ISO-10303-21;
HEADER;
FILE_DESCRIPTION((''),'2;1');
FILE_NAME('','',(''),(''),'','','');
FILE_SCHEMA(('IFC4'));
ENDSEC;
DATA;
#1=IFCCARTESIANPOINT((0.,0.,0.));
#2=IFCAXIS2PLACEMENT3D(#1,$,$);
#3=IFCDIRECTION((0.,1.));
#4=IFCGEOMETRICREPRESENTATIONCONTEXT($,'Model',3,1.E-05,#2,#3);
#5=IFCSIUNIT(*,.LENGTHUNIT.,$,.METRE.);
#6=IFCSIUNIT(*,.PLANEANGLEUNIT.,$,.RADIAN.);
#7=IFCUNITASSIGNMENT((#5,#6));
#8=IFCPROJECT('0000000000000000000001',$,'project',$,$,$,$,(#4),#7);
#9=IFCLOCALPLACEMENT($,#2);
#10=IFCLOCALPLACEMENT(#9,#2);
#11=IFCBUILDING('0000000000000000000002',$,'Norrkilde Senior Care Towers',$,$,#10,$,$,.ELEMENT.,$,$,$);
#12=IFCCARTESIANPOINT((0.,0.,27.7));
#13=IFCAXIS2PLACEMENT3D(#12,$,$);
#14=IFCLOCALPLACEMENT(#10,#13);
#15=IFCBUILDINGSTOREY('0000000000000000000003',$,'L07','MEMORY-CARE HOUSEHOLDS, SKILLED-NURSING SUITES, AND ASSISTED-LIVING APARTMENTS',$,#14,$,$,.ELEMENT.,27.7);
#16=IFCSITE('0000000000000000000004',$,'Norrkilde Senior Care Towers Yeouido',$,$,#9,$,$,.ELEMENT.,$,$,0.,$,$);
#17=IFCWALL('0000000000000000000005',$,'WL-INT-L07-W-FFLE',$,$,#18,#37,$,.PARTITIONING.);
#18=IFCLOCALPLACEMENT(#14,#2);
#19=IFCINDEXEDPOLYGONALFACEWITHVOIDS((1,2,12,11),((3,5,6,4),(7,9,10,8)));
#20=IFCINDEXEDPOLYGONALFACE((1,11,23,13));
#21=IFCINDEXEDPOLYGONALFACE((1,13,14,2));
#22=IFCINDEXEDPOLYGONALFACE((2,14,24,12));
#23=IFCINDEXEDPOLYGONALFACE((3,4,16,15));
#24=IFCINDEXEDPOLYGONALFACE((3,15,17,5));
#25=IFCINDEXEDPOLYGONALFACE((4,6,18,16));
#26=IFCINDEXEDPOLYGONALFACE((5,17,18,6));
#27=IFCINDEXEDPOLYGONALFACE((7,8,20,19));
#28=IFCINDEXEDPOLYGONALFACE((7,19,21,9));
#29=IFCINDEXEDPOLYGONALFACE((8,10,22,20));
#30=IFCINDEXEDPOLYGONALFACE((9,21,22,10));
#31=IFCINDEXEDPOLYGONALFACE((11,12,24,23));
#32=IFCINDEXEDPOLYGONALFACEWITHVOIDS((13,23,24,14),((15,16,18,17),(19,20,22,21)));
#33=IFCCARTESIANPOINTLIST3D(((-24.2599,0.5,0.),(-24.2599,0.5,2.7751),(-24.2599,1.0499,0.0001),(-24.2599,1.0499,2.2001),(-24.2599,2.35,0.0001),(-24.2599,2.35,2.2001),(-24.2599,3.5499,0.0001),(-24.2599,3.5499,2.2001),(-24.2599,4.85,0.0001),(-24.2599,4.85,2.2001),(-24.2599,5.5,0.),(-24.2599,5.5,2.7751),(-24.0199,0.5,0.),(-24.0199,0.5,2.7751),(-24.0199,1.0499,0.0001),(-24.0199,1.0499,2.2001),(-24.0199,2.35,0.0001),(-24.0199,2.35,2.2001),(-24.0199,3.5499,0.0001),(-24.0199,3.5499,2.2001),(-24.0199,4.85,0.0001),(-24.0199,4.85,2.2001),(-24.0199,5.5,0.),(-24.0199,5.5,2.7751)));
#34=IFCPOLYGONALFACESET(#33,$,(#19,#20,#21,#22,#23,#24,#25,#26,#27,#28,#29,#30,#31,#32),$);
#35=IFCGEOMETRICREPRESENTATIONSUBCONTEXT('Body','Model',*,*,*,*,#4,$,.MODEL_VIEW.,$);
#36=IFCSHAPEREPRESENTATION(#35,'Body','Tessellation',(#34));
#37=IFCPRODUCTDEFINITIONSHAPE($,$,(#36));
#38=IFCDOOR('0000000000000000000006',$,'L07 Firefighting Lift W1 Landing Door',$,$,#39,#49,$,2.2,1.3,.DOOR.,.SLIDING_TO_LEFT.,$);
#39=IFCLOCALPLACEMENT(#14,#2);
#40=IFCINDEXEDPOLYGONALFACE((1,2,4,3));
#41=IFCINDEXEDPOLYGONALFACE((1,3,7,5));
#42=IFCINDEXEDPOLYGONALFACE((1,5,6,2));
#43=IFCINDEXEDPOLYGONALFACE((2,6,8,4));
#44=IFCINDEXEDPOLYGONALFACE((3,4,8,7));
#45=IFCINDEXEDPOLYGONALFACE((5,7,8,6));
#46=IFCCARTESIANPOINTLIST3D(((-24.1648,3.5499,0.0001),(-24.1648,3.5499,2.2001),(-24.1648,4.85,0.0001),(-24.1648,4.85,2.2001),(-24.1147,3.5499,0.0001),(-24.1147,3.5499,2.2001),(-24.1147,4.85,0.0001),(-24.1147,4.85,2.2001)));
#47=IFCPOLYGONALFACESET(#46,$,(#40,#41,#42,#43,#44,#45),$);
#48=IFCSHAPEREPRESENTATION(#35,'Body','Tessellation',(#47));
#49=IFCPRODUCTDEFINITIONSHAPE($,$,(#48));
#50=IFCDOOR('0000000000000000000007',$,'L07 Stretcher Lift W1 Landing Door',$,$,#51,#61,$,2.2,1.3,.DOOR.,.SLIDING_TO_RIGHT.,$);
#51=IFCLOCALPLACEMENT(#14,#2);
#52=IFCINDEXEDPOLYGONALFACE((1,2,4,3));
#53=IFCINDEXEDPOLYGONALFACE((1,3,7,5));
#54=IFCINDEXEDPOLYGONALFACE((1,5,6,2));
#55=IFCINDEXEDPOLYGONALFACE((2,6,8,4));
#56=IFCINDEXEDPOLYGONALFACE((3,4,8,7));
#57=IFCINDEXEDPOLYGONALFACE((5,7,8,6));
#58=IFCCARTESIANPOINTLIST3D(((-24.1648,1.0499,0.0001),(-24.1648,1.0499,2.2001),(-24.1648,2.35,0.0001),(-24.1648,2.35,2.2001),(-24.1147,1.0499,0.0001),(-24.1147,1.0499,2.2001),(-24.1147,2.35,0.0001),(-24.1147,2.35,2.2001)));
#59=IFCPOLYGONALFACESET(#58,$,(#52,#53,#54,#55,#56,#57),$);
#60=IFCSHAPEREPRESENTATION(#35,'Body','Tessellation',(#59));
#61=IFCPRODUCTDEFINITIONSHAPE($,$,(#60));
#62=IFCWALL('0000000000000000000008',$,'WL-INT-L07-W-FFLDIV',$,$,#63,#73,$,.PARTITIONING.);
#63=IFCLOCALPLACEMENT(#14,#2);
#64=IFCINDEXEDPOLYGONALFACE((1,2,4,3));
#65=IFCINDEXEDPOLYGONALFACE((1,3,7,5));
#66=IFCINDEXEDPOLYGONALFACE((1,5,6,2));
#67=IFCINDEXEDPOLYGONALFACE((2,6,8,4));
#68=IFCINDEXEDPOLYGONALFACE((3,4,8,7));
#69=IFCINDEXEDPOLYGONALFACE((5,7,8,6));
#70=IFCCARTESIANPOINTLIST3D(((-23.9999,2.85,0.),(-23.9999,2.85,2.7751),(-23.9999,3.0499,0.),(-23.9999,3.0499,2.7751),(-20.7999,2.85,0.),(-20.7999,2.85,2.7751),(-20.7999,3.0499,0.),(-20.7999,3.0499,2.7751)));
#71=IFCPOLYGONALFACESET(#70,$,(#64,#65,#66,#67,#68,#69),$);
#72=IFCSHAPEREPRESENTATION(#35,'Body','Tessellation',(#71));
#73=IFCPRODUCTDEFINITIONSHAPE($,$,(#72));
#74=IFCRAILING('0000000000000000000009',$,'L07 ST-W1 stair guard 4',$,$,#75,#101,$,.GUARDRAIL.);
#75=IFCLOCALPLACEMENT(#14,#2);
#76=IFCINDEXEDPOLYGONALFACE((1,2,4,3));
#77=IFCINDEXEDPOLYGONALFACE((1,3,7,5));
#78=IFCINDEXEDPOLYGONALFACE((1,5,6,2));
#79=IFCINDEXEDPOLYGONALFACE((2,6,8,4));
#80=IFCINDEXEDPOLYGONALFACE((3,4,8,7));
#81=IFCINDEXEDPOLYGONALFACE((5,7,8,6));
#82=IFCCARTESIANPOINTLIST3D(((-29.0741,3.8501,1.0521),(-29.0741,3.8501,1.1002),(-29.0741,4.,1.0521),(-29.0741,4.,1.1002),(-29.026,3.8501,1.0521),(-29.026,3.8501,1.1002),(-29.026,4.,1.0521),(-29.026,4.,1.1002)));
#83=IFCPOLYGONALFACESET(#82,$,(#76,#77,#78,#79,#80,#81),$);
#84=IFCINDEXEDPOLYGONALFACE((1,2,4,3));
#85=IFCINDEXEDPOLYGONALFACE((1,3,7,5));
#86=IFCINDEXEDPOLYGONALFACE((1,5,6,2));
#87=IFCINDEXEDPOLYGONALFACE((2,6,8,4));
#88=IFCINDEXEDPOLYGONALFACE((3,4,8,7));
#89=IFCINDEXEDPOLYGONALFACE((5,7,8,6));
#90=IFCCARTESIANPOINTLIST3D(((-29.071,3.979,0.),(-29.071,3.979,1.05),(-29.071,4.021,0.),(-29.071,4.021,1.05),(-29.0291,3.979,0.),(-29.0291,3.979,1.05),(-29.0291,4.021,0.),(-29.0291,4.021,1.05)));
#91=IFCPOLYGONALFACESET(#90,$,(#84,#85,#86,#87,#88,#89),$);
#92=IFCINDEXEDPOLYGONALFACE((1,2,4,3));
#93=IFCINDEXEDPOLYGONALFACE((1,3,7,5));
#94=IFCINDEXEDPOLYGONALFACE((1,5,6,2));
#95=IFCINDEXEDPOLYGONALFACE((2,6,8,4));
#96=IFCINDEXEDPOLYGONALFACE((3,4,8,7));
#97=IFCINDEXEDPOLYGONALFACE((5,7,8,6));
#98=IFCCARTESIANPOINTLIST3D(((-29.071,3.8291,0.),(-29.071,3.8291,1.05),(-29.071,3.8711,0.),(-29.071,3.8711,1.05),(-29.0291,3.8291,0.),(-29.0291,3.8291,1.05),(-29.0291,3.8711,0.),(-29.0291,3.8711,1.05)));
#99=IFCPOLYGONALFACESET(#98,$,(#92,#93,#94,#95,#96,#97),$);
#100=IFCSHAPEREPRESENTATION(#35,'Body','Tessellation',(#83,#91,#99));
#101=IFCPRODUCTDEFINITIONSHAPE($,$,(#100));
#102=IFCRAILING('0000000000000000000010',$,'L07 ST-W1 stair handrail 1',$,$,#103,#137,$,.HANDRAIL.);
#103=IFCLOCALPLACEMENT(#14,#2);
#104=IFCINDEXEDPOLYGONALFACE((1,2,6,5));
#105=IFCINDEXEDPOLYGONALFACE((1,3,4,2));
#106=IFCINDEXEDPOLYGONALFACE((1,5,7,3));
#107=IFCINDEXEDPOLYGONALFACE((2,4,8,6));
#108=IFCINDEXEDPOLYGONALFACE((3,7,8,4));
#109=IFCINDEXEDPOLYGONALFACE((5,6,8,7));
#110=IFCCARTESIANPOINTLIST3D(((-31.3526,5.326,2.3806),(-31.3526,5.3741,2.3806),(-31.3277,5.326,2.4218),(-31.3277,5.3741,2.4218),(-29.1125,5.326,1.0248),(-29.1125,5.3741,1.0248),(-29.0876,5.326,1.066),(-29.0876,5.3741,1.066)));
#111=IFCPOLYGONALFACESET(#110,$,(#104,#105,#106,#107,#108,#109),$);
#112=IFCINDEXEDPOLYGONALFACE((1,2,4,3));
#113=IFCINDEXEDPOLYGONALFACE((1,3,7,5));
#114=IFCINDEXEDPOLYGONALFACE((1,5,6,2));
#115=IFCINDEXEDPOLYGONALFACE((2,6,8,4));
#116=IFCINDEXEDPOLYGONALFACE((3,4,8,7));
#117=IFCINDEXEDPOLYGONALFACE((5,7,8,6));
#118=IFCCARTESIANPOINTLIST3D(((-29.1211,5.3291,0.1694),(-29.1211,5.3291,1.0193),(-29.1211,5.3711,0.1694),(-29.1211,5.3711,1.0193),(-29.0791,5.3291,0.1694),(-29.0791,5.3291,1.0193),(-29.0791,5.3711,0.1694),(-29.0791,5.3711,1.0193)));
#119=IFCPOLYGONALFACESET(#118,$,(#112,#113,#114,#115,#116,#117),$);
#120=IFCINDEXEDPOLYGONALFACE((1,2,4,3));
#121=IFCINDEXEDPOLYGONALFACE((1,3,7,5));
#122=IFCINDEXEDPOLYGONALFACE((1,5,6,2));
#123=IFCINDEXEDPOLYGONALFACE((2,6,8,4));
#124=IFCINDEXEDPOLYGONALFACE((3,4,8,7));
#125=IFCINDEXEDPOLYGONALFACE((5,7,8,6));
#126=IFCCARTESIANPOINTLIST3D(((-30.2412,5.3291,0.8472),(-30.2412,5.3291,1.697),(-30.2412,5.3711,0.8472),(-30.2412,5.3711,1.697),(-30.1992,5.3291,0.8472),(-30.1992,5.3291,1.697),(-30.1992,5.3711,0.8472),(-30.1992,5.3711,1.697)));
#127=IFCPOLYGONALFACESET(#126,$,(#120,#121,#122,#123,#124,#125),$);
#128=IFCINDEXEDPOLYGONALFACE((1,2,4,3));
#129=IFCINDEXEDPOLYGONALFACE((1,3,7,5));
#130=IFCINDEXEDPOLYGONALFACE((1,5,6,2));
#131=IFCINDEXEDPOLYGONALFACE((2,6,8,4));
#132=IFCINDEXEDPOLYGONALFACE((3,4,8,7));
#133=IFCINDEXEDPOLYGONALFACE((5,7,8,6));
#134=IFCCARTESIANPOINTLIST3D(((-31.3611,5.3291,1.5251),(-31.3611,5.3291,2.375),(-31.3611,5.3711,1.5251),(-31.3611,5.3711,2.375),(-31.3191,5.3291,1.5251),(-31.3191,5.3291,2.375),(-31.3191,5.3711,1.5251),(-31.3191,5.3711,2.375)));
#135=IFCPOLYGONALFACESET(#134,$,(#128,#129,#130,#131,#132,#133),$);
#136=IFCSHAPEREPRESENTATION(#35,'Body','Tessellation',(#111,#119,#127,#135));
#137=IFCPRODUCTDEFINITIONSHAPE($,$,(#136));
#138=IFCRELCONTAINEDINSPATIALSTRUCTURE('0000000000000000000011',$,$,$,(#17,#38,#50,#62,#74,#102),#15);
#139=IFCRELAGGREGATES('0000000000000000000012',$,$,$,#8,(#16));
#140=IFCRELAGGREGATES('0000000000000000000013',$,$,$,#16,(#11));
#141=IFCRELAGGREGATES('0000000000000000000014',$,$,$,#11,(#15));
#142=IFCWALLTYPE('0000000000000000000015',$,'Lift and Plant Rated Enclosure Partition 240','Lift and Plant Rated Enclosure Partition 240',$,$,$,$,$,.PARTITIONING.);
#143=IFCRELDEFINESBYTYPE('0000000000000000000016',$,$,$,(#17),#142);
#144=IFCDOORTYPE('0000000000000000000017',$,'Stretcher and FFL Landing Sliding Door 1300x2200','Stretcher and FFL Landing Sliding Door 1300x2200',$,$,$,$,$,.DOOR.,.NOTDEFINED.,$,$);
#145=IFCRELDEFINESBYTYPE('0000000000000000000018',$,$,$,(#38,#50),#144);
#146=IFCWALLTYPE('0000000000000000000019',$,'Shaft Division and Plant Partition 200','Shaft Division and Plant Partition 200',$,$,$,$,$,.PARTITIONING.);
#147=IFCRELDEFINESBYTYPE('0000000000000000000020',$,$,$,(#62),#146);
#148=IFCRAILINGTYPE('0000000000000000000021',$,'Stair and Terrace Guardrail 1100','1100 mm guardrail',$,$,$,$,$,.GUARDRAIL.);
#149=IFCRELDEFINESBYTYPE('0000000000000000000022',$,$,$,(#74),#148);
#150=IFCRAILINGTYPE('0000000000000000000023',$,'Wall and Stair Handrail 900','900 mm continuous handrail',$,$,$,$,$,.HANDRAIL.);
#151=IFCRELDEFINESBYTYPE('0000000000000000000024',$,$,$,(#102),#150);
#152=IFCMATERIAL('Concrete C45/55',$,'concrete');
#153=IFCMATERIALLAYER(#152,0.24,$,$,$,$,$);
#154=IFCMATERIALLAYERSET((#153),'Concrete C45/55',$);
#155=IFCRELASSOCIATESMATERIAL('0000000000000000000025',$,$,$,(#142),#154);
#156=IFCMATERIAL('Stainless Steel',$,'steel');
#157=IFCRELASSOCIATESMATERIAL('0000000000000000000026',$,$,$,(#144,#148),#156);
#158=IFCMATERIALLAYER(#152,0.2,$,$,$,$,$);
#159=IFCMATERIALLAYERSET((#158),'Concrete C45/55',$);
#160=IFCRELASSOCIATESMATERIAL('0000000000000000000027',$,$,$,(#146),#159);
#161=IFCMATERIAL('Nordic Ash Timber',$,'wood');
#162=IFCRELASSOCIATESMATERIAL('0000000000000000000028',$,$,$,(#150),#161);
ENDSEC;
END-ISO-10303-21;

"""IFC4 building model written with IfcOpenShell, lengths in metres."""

from ifc_helpers import new_model, si_unit, direction, frame, frame_2d, origin, origin_2d, place, context, subcontext, project, spatial, rectangle, extrude, source, transform, mapped, material, layer, layer_set, type_object, type_shapes, element, fill, save


model = new_model("IFC4")

# Units and contexts
model_context = context("Model", 3, precision=1e-05, world=origin(), true_north=direction((0.0, 1.0)))
body_context = subcontext(model_context, "Body", "Model", "MODEL_VIEW")
ifc_project = project(units=[si_unit("LENGTHUNIT", "METRE"), si_unit("PLANEANGLEUNIT", "RADIAN")], contexts=[model_context])

# Site, building, storey
site_placement = place(None, origin())
site = spatial("IfcSite", under=ifc_project, at=site_placement, Name="Norrkilde Senior Care Towers Yeouido", CompositionType="ELEMENT", RefElevation=0.0)
building_placement = place(site_placement, origin())
building = spatial("IfcBuilding", under=site, at=building_placement, Name="Norrkilde Senior Care Towers", CompositionType="ELEMENT")
storey_placement = place(building_placement, frame((0.0, 0.0, 27.7)))
storey = spatial("IfcBuildingStorey", under=building, at=storey_placement, Name="L07", Description="MEMORY-CARE HOUSEHOLDS, SKILLED-NURSING SUITES, AND ASSISTED-LIVING APARTMENTS", CompositionType="ELEMENT", Elevation=27.7)

# Shared definitions
ifc_material_1 = material(Name="Concrete C45/55", Category="concrete")

# Wall, openings, doors
ifc_layer_1 = layer(ifc_material_1, 0.24)
ifc_layer_set_1 = layer_set([ifc_layer_1], Name="Concrete C45/55")
wall_type_1 = type_object("IfcWallType", Name="Lift and Plant Rated Enclosure Partition 240", Description="Lift and Plant Rated Enclosure Partition 240", PredefinedType="PARTITIONING", material=ifc_layer_set_1)
shared_shape_1 = source(origin(), body_context, "Body", "SweptSolid", [
    extrude(rectangle(XDim=5.0, YDim=0.24, at=frame_2d((2.5, 0.0))), origin(), (0.0, 0.0, 1.0), 2.7751),
])
type_shapes(wall_type_1, [shared_shape_1])
wall_1_placement = place(storey_placement, frame((-24.1399, 0.5, 0.0), z_axis=(0.0, 0.0, 1.0), x_axis=(0.0, 1.0, 0.0)))
wall_1 = element("IfcWall", 1, at=wall_1_placement, inside=storey, type_object=wall_type_1, Name="WL-INT-L07-W-FFLE", PredefinedType="PARTITIONING", context=body_context, shape_type="MappedRepresentation", body=[
    mapped(shared_shape_1, transform((0.0, 0.0, 0.0), x_axis=(1.0, 0.0, 0.0), y_axis=(0.0, 1.0, 0.0), z_axis=(0.0, 0.0, 1.0), scale=1.0)),
])
opening_1_placement = place(wall_1_placement, frame((3.05, 0.0, 0.0)))
opening_1 = element("IfcOpeningElement", 2, at=opening_1_placement, cuts=wall_1, PredefinedType="OPENING", context=body_context, shape_type="SweptSolid", body=[
    extrude(rectangle(XDim=1.3, YDim=2.2, at=frame_2d((0.6499, 1.1001))), frame((0.0, 0.1299, 0.0), z_axis=(0.0, -1.0, 0.0), x_axis=(1.0, 0.0, 0.0)), (0.0, 0.0, 1.0), 0.26),
])
opening_2_placement = place(wall_1_placement, frame((0.55, 0.0, 0.0)))
opening_2 = element("IfcOpeningElement", 3, at=opening_2_placement, cuts=wall_1, PredefinedType="OPENING", context=body_context, shape_type="SweptSolid", body=[
    extrude(rectangle(XDim=1.3, YDim=2.2, at=frame_2d((0.6499, 1.1001))), frame((0.0, 0.1299, 0.0), z_axis=(0.0, -1.0, 0.0), x_axis=(1.0, 0.0, 0.0)), (0.0, 0.0, 1.0), 0.26),
])
ifc_material_2 = material(Name="Stainless Steel", Category="steel")
door_type_1 = type_object("IfcDoorType", Name="Stretcher and FFL Landing Sliding Door 1300x2200", Description="Stretcher and FFL Landing Sliding Door 1300x2200", OperationType="NOTDEFINED", PredefinedType="DOOR", material=ifc_material_2)
shared_shape_2 = source(origin(), body_context, "Body", "SweptSolid", [
    extrude(rectangle(XDim=1.3, YDim=2.2, at=frame_2d((0.6499, 1.1001))), frame((0.0, 0.0249, 0.0), z_axis=(0.0, -1.0, 0.0), x_axis=(1.0, 0.0, 0.0)), (0.0, 0.0, 1.0), 0.05),
])
type_shapes(door_type_1, [shared_shape_2])
door_1_placement = place(opening_1_placement, origin())
door_1 = element("IfcDoor", 4, at=door_1_placement, inside=storey, type_object=door_type_1, Name="L07 Firefighting Lift W1 Landing Door", OperationType="SLIDING_TO_LEFT", OverallHeight=2.2, OverallWidth=1.3, PredefinedType="DOOR", context=body_context, shape_type="MappedRepresentation", body=[
    mapped(shared_shape_2, transform((0.0, 0.0, 0.0), x_axis=(1.0, 0.0, 0.0), y_axis=(0.0, 1.0, 0.0), z_axis=(0.0, 0.0, 1.0), scale=1.0)),
])
fill(opening_1, door_1)
door_2_placement = place(opening_2_placement, origin())
door_2 = element("IfcDoor", 5, at=door_2_placement, inside=storey, type_object=door_type_1, Name="L07 Stretcher Lift W1 Landing Door", OperationType="SLIDING_TO_RIGHT", OverallHeight=2.2, OverallWidth=1.3, PredefinedType="DOOR", context=body_context, shape_type="MappedRepresentation", body=[
    mapped(shared_shape_2, transform((0.0, 0.0, 0.0), x_axis=(1.0, 0.0, 0.0), y_axis=(0.0, 1.0, 0.0), z_axis=(0.0, 0.0, 1.0), scale=1.0)),
])
fill(opening_2, door_2)

# Wall
ifc_layer_2 = layer(ifc_material_1, 0.2)
ifc_layer_set_2 = layer_set([ifc_layer_2], Name="Concrete C45/55")
wall_type_2 = type_object("IfcWallType", Name="Shaft Division and Plant Partition 200", Description="Shaft Division and Plant Partition 200", PredefinedType="PARTITIONING", material=ifc_layer_set_2)
shared_shape_3 = source(origin(), body_context, "Body", "SweptSolid", [
    extrude(rectangle(XDim=3.2, YDim=0.2, at=frame_2d((1.6001, 0.0))), origin(), (0.0, 0.0, 1.0), 2.7751),
])
type_shapes(wall_type_2, [shared_shape_3])
wall_2_placement = place(storey_placement, frame((-24.0, 2.95, 0.0), z_axis=(0.0, 0.0, 1.0), x_axis=(1.0, 0.0, 0.0)))
element("IfcWall", 6, at=wall_2_placement, inside=storey, type_object=wall_type_2, Name="WL-INT-L07-W-FFLDIV", PredefinedType="PARTITIONING", context=body_context, shape_type="MappedRepresentation", body=[
    mapped(shared_shape_3, transform((0.0, 0.0, 0.0), x_axis=(1.0, 0.0, 0.0), y_axis=(0.0, 1.0, 0.0), z_axis=(0.0, 0.0, 1.0), scale=1.0)),
])

# Railings
railing_type_1 = type_object("IfcRailingType", Name="Stair and Terrace Guardrail 1100", Description="1100 mm guardrail", PredefinedType="GUARDRAIL", material=ifc_material_2)
railing_1_placement = place(storey_placement, frame((-29.05, 4.0, 0.0)))
element("IfcRailing", 7, at=railing_1_placement, inside=storey, type_object=railing_type_1, Name="L07 ST-W1 stair guard 4", PredefinedType="GUARDRAIL", context=body_context, shape_type="SweptSolid", body=[
    extrude(rectangle(XDim=0.0481, YDim=0.0481, at=origin_2d()), frame((0.0, 0.0, 1.0762), z_axis=(0.0, -1.0, 0.0), x_axis=(1.0, 0.0, 0.0)), (0.0, 0.0, 1.0), 0.1499),
    extrude(rectangle(XDim=0.042, YDim=0.042, at=origin_2d()), origin(), (0.0, 0.0, 1.0), 1.05),
    extrude(rectangle(XDim=0.042, YDim=0.042, at=origin_2d()), frame((0.0, -0.1499, 0.0)), (0.0, 0.0, 1.0), 1.05),
])
ifc_material_3 = material(Name="Nordic Ash Timber", Category="wood")
railing_type_2 = type_object("IfcRailingType", Name="Wall and Stair Handrail 900", Description="900 mm continuous handrail", PredefinedType="HANDRAIL", material=ifc_material_3)
railing_2_placement = place(storey_placement, frame((-29.1001, 5.3501, 0.1694)))
element("IfcRailing", 8, at=railing_2_placement, inside=storey, type_object=railing_type_2, Name="L07 ST-W1 stair handrail 1", PredefinedType="HANDRAIL", context=body_context, shape_type="SweptSolid", body=[
    extrude(rectangle(XDim=0.0481, YDim=0.0481, at=origin_2d()), frame((0.0, 0.0, 0.876), z_axis=(-0.855512, 0.0, 0.517783), x_axis=(0.0, -1.0, 0.0)), (0.0, 0.0, 1.0), 2.6184),
    extrude(rectangle(XDim=0.042, YDim=0.042, at=origin_2d()), origin(), (0.0, 0.0, 1.0), 0.8499),
    extrude(rectangle(XDim=0.042, YDim=0.042, at=origin_2d()), frame((-1.1201, 0.0, 0.6777)), (0.0, 0.0, 1.0), 0.8499),
    extrude(rectangle(XDim=0.042, YDim=0.042, at=origin_2d()), frame((-2.24, 0.0, 1.3557)), (0.0, 0.0, 1.0), 0.8499),
])

save(model, "model.ifc")
